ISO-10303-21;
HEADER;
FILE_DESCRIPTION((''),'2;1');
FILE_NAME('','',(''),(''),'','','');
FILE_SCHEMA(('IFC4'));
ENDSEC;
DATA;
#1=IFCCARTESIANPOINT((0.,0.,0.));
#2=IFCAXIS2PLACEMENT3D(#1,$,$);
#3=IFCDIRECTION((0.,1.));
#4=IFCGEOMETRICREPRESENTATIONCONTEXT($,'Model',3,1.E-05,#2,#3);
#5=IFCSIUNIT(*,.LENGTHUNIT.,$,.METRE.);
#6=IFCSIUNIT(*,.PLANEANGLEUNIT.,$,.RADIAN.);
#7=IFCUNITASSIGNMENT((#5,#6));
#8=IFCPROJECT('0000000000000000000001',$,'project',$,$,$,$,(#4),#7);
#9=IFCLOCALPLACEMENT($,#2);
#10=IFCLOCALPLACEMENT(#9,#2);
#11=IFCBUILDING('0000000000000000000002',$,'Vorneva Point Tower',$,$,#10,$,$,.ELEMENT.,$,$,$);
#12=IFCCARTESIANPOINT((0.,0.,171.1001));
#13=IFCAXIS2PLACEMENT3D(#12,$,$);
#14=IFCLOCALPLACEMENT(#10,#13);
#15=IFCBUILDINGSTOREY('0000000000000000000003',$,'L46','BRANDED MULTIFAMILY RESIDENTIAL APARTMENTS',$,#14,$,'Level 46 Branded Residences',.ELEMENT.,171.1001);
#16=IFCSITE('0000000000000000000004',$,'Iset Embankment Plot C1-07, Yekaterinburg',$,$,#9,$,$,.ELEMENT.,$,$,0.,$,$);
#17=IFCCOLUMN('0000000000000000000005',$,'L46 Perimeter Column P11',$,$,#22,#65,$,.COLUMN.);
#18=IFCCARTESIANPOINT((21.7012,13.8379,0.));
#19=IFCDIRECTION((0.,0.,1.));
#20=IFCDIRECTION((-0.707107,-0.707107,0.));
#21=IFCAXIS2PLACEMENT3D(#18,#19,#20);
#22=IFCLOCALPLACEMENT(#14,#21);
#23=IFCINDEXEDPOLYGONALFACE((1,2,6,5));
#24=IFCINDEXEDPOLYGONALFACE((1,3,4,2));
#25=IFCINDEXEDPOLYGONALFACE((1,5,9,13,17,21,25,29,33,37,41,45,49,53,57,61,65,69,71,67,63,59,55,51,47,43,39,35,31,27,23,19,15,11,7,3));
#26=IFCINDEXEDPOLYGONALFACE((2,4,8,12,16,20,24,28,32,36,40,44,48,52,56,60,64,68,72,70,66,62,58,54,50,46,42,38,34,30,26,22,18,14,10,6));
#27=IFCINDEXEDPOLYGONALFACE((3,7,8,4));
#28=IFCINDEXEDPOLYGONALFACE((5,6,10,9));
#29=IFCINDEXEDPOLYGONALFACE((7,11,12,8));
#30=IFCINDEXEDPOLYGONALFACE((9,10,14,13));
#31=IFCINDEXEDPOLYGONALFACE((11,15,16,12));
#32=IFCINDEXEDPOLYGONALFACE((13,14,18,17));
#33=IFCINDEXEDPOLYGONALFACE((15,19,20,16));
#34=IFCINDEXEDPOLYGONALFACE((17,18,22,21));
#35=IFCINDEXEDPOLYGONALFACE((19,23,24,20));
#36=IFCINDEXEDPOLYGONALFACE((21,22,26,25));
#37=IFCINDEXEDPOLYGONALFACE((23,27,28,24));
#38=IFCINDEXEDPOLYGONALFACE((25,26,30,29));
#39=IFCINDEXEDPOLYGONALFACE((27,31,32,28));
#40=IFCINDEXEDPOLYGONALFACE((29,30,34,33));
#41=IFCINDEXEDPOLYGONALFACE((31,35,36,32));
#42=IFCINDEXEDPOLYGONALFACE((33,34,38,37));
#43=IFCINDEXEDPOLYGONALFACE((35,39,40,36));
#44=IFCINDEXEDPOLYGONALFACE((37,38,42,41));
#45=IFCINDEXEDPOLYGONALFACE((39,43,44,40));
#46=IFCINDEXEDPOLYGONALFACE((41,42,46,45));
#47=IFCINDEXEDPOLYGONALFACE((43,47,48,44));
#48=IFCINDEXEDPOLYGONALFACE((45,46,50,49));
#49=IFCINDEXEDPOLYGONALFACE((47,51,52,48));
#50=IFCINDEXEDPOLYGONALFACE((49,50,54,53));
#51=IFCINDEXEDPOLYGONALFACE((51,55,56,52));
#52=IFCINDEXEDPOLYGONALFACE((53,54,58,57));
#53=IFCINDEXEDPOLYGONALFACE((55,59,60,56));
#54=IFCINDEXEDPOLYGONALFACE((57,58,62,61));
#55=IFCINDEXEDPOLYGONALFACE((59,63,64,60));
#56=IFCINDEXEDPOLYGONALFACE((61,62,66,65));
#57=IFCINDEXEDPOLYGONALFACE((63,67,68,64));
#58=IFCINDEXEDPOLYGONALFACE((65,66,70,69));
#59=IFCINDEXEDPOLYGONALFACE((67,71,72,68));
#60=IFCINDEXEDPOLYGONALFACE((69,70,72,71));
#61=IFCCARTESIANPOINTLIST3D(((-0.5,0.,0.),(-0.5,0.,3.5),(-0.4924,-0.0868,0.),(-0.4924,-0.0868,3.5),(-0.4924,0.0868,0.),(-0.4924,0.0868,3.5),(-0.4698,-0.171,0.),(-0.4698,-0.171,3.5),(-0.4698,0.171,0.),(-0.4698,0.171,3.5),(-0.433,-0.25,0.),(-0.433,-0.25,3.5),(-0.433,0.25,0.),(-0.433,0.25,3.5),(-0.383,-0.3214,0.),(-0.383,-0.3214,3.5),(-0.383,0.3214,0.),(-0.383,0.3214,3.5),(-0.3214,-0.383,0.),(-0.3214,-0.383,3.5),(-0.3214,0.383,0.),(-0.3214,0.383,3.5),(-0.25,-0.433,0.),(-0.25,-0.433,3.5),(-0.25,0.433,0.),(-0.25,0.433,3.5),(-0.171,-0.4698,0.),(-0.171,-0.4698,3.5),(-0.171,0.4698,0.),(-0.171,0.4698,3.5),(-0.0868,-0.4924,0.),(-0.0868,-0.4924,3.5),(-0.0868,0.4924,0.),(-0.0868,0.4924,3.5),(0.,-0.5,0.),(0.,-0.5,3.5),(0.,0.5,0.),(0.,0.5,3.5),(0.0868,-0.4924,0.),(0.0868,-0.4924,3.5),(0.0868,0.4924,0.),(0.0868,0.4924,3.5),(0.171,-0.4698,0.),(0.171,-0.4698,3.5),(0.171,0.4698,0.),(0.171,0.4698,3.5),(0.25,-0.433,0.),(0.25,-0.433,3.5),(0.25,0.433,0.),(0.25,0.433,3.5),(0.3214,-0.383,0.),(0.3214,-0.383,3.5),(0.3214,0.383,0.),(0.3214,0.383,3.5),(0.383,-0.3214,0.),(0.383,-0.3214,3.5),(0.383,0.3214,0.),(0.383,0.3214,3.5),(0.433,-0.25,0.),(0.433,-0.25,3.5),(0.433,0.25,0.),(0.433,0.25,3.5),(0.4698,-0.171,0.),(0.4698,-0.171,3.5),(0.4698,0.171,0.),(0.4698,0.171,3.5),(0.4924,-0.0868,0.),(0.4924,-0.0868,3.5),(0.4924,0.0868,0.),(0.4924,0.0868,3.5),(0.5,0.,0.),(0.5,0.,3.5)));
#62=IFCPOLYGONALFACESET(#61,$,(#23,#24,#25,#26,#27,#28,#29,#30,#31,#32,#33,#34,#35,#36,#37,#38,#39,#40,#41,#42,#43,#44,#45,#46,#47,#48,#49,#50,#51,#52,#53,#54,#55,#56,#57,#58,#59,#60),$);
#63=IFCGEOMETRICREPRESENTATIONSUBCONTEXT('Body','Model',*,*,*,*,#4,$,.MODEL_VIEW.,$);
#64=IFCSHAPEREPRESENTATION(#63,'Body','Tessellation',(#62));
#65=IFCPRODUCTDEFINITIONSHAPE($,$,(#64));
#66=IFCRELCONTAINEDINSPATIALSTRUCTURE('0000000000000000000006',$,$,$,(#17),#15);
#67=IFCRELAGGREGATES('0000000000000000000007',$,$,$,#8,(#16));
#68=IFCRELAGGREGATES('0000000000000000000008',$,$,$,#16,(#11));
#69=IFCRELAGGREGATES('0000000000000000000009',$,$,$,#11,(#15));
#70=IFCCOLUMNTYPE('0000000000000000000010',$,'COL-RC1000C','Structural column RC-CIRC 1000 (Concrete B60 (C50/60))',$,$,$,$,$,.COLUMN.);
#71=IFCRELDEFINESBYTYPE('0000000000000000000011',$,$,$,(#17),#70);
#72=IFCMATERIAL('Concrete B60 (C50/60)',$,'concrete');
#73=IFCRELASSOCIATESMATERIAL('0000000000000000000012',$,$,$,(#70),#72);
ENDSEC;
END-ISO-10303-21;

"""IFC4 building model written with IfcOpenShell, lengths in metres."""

from ifc_helpers import new_model, si_unit, direction, frame, origin, origin_2d, place, context, subcontext, project, spatial, circle, extrude, material, material_profile, profile_set, type_object, element, save


model = new_model("IFC4")

# Units and contexts
model_context = context("Model", 3, precision=1e-05, world=origin(), true_north=direction((0.0, 1.0)))
body_context = subcontext(model_context, "Body", "Model", "MODEL_VIEW")
ifc_project = project(units=[si_unit("LENGTHUNIT", "METRE"), si_unit("PLANEANGLEUNIT", "RADIAN")], contexts=[model_context])

# Site, building, storey
site_placement = place(None, origin())
site = spatial("IfcSite", under=ifc_project, at=site_placement, Name="Iset Embankment Plot C1-07, Yekaterinburg", CompositionType="ELEMENT", RefElevation=0.0)
building_placement = place(site_placement, origin())
building = spatial("IfcBuilding", under=site, at=building_placement, Name="Vorneva Point Tower", CompositionType="ELEMENT")
storey_placement = place(building_placement, frame((0.0, 0.0, 171.1001)))
storey = spatial("IfcBuildingStorey", under=building, at=storey_placement, Name="L46", Description="BRANDED MULTIFAMILY RESIDENTIAL APARTMENTS", LongName="Level 46 Branded Residences", CompositionType="ELEMENT", Elevation=171.1001)

# Column
ifc_material_1 = material(Name="Concrete B60 (C50/60)", Category="concrete")
ifc_material_profile_1 = material_profile(ifc_material_1, circle(Radius=0.5, at=origin_2d()), Name="RC-CIRC 1000")
ifc_profile_set_1 = profile_set([ifc_material_profile_1], Name="Concrete B60 (C50/60)")
column_type_1 = type_object("IfcColumnType", Name="COL-RC1000C", Description="Structural column RC-CIRC 1000 (Concrete B60 (C50/60))", PredefinedType="COLUMN", material=ifc_profile_set_1)
column_1_placement = place(storey_placement, frame((21.7012, 13.8379, 0.0), z_axis=(0.0, 0.0, 1.0), x_axis=(-0.707107, -0.707107, 0.0)))
element("IfcColumn", 1, at=column_1_placement, inside=storey, type_object=column_type_1, Name="L46 Perimeter Column P11", PredefinedType="COLUMN", context=body_context, shape_type="SweptSolid", body=[
    extrude(circle(Radius=0.5, at=origin_2d()), origin(), (0.0, 0.0, 1.0), 3.5),
])

save(model, "model.ifc")
